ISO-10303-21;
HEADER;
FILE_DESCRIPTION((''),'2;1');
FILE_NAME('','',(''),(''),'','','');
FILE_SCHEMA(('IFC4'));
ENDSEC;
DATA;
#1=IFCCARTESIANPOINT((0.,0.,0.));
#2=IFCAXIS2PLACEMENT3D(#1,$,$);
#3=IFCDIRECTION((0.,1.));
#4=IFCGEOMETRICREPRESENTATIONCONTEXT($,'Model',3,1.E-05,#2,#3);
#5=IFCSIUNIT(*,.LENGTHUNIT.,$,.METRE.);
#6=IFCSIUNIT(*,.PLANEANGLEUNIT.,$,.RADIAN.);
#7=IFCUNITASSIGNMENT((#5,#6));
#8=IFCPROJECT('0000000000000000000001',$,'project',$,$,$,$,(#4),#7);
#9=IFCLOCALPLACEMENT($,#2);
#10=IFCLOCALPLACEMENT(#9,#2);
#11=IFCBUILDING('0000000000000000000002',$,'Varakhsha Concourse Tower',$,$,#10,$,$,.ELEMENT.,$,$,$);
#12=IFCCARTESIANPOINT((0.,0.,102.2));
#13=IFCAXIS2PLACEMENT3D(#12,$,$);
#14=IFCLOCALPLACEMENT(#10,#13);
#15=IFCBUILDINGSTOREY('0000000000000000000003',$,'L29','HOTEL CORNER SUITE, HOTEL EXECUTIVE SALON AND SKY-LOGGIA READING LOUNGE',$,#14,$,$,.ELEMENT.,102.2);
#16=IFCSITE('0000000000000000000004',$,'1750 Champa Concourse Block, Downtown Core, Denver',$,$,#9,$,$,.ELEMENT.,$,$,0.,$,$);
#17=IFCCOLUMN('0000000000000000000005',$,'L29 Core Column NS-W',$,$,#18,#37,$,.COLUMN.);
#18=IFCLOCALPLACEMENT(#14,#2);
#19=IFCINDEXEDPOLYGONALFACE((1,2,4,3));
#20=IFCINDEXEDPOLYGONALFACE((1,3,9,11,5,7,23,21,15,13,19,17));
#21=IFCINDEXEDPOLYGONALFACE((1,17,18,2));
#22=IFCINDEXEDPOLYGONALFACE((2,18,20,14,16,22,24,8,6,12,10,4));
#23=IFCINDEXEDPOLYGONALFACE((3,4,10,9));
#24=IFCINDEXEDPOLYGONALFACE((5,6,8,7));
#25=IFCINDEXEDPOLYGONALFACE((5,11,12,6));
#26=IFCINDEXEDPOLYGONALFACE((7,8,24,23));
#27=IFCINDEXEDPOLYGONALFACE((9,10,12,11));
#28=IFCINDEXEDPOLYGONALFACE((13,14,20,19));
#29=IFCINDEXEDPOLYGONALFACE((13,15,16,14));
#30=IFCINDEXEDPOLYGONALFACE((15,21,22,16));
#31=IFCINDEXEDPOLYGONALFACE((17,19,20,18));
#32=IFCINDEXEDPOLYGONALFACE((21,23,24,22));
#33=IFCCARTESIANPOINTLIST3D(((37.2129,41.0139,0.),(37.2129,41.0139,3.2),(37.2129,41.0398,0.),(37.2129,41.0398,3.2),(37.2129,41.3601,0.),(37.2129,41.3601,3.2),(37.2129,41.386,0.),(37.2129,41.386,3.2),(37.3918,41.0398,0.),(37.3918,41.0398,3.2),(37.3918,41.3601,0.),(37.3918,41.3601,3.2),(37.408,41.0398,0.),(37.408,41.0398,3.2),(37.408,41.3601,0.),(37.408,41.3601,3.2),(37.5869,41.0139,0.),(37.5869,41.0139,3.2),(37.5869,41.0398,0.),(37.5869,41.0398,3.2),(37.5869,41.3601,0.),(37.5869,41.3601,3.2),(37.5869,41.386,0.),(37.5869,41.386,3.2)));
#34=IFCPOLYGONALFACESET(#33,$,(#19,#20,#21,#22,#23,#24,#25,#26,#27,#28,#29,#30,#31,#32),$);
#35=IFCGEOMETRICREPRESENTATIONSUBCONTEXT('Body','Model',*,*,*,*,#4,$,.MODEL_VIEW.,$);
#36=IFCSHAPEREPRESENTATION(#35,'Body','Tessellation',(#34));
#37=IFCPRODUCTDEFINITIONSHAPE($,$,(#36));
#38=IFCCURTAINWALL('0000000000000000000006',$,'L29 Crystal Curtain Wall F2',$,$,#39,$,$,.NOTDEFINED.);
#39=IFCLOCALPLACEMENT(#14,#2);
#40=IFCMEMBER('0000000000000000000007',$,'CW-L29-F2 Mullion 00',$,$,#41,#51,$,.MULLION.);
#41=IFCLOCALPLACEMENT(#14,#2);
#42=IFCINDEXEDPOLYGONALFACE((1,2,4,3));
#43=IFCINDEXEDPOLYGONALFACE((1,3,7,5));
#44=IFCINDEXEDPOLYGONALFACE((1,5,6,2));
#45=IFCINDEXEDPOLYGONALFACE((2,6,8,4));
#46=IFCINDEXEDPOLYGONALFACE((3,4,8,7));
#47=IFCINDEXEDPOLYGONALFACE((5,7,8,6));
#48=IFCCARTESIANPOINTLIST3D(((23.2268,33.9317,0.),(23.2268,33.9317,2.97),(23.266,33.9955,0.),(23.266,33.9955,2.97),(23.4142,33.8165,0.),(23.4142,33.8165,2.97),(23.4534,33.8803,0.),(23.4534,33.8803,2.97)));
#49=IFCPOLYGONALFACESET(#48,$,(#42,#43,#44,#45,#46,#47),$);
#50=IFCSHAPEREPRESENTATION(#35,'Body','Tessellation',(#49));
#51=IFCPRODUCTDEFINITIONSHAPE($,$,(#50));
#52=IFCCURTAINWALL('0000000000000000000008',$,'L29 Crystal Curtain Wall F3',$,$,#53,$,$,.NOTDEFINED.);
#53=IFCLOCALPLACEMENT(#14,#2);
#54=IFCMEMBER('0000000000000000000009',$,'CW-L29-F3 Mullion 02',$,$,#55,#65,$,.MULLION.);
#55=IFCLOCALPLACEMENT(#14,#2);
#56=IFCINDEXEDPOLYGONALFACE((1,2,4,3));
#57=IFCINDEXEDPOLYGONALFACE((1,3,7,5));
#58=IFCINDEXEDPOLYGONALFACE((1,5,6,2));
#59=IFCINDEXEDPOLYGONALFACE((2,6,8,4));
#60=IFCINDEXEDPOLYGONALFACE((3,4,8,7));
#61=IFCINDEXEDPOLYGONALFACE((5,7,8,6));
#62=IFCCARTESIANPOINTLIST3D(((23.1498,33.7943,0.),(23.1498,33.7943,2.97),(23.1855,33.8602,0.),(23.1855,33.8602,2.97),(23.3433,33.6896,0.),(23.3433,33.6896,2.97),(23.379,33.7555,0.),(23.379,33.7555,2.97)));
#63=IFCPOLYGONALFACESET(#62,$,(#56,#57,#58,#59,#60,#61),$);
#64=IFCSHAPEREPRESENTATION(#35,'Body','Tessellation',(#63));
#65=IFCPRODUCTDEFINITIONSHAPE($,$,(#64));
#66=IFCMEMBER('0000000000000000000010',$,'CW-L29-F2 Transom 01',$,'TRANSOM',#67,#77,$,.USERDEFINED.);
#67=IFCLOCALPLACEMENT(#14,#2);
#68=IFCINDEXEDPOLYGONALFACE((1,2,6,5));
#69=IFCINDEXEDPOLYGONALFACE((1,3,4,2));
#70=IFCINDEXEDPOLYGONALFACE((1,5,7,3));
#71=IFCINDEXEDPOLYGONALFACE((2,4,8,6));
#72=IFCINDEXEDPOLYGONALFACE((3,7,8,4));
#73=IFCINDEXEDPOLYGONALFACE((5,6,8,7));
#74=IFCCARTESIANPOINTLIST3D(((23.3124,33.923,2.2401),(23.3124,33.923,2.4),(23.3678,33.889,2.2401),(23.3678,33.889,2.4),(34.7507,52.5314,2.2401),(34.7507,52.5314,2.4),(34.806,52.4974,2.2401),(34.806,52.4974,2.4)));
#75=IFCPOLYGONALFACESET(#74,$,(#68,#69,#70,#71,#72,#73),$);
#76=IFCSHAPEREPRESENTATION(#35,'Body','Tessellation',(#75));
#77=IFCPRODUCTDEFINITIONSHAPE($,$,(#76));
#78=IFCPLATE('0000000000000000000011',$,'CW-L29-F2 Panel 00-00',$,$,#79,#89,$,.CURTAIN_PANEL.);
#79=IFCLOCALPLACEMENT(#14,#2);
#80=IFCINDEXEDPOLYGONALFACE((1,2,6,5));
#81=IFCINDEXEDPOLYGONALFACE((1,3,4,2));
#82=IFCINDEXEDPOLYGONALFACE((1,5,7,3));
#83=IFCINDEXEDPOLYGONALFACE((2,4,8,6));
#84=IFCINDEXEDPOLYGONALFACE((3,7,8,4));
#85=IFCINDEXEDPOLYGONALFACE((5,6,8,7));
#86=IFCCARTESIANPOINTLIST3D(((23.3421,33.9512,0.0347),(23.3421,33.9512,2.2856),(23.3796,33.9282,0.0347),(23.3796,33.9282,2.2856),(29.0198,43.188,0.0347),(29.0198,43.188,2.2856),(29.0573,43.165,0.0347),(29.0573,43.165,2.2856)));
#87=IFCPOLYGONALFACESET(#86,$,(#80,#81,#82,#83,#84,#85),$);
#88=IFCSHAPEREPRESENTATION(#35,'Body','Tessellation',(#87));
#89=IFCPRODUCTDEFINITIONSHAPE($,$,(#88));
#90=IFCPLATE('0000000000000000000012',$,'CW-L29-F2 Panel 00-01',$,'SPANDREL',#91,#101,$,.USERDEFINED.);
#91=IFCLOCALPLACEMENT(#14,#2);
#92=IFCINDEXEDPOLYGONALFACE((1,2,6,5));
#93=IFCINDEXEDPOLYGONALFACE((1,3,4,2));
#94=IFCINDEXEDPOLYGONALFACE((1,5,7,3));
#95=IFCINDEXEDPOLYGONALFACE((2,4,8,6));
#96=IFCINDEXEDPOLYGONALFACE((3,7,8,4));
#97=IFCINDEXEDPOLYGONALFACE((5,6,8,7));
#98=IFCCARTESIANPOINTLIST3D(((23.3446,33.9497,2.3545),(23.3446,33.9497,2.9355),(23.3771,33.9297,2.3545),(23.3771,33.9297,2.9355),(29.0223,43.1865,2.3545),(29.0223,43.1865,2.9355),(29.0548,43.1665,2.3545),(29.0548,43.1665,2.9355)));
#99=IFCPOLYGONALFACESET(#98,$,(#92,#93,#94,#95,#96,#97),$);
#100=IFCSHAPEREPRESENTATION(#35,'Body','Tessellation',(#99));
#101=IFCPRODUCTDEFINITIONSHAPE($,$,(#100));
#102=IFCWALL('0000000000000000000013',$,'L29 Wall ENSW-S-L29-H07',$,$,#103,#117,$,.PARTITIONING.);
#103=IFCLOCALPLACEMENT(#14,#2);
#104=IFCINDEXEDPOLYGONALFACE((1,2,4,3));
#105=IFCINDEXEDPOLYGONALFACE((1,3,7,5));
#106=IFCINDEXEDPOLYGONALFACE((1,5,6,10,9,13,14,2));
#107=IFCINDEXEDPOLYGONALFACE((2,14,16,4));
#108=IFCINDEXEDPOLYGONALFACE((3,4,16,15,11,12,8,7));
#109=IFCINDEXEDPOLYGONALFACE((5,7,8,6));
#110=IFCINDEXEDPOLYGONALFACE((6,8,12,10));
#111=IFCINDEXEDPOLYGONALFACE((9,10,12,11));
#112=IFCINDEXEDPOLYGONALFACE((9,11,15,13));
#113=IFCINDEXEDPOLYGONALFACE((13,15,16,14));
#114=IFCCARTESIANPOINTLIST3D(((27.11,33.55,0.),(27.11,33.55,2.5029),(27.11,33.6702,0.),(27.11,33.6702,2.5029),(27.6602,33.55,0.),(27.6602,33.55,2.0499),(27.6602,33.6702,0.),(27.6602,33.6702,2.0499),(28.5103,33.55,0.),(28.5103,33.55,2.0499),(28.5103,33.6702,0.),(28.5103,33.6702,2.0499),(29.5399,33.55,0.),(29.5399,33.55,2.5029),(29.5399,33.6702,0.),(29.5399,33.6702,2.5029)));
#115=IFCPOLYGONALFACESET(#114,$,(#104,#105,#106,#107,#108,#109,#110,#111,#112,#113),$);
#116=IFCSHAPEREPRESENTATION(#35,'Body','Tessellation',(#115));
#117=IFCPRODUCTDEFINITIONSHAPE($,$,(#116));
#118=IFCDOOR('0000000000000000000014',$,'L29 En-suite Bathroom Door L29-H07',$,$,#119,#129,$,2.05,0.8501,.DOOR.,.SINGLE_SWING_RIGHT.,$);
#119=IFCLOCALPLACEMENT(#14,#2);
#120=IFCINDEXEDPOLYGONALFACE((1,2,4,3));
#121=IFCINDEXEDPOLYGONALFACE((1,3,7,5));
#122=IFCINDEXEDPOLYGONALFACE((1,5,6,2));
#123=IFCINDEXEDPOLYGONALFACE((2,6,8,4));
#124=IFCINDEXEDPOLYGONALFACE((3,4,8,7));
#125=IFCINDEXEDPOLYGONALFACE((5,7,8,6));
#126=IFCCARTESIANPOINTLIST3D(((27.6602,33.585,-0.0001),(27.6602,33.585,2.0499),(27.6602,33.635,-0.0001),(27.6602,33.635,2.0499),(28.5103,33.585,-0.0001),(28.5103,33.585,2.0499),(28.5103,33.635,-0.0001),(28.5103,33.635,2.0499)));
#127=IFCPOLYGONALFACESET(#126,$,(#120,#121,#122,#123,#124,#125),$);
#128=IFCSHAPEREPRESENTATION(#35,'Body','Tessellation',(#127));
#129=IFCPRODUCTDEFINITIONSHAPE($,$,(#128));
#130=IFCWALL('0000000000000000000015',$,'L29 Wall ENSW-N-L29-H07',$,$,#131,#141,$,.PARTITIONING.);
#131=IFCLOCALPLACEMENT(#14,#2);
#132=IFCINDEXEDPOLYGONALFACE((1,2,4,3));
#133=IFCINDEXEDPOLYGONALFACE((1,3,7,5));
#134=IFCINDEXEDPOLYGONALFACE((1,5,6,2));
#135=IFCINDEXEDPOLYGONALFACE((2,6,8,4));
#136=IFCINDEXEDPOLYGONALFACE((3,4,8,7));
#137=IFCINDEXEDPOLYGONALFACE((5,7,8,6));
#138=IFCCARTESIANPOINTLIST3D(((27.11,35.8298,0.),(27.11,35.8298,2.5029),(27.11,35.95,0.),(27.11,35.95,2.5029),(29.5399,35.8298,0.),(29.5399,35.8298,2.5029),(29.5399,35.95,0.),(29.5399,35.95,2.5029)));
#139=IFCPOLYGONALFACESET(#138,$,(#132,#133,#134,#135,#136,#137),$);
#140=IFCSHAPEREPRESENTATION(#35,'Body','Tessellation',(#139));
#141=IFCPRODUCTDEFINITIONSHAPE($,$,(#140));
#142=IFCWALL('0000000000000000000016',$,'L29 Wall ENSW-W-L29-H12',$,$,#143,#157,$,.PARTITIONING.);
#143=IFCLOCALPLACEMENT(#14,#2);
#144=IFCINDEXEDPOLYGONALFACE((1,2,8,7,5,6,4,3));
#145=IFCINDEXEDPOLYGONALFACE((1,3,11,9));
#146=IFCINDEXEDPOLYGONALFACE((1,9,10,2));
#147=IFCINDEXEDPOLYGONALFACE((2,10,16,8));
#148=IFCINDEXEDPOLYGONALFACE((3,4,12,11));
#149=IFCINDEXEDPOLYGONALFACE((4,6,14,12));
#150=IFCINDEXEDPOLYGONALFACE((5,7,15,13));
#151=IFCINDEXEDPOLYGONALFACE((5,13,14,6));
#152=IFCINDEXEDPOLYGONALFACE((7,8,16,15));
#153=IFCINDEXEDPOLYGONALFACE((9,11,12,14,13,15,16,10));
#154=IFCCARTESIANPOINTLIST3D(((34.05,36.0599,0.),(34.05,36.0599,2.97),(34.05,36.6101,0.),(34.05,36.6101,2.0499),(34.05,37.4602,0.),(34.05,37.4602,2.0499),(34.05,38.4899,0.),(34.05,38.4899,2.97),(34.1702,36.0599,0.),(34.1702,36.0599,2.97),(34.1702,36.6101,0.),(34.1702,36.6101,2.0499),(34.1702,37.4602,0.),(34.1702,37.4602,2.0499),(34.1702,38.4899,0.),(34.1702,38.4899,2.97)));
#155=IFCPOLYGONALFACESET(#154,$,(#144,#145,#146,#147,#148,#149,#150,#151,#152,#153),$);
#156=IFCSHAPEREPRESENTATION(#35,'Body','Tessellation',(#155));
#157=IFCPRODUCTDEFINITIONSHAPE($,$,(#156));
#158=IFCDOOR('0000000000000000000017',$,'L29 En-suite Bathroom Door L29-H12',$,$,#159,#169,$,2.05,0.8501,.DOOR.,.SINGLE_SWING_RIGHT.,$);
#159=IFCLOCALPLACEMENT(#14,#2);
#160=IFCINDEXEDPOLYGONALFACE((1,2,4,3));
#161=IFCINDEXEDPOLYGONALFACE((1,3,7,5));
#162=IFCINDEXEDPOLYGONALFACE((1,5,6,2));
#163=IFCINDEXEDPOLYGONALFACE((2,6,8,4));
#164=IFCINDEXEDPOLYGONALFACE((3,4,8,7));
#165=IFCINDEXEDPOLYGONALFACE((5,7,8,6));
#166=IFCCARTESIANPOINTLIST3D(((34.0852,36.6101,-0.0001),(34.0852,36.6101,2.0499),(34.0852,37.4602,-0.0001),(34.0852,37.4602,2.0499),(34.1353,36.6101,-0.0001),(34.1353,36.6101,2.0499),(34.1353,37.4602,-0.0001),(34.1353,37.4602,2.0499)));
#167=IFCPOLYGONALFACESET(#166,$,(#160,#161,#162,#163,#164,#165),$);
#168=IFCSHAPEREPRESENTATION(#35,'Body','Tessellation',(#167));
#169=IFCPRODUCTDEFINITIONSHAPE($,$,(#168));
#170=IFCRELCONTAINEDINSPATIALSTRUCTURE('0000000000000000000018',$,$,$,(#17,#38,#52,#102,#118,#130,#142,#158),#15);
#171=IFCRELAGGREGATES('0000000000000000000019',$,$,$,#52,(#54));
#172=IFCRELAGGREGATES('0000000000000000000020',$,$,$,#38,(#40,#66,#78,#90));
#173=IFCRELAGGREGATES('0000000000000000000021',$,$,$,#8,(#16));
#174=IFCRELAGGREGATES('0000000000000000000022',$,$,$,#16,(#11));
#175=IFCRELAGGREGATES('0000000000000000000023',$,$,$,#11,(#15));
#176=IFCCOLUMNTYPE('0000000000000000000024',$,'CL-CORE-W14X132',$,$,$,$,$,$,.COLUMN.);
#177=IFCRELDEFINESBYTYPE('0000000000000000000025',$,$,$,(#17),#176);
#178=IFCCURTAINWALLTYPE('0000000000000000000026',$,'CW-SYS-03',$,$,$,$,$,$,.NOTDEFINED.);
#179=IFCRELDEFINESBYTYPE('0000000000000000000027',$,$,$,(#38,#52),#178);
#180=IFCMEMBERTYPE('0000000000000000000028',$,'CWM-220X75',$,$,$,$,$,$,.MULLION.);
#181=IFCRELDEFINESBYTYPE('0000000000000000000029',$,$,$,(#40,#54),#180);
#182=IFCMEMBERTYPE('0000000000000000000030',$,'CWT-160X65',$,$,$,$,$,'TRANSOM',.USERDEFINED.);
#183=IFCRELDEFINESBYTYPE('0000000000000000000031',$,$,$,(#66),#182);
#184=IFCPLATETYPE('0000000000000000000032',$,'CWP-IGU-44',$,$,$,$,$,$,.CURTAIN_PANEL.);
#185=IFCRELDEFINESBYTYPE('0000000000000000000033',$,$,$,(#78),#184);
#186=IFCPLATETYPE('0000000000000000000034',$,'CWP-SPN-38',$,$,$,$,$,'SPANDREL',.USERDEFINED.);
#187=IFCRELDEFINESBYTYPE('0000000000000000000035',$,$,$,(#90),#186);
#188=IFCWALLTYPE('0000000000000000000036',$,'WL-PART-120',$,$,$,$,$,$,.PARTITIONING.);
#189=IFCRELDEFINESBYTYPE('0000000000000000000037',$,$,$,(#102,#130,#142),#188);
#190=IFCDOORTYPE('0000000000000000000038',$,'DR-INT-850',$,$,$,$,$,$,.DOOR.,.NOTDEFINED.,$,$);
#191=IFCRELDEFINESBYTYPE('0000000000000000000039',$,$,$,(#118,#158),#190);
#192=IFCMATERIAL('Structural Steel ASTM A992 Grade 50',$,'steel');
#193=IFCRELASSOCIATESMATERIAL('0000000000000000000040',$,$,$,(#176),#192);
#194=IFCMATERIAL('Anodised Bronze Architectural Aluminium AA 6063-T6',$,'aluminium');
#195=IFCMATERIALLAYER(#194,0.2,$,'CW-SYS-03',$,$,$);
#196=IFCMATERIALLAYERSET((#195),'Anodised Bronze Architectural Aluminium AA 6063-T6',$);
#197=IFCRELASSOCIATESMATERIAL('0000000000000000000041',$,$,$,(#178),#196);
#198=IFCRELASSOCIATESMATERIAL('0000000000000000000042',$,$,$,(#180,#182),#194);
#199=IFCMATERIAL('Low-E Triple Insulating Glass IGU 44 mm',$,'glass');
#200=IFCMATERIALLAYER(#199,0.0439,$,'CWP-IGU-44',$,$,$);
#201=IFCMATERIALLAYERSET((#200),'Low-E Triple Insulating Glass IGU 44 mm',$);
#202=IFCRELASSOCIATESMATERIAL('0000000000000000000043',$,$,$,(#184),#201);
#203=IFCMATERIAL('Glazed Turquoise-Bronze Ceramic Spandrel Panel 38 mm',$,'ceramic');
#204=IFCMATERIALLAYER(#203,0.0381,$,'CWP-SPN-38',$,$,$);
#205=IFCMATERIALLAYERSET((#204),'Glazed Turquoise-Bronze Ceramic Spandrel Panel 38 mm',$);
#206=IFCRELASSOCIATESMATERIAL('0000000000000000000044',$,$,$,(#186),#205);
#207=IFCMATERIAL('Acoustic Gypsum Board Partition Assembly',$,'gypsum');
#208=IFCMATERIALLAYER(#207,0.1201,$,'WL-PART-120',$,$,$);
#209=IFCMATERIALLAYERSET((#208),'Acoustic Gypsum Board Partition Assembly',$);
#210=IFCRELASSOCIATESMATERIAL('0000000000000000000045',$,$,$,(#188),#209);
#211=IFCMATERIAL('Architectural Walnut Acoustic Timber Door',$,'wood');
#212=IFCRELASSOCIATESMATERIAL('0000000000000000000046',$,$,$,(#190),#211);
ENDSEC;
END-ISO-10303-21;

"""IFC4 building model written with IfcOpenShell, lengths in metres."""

from ifc_helpers import new_model, si_unit, direction, frame, frame_2d, origin, origin_2d, place, context, subcontext, project, spatial, rectangle, i_section, extrude, source, transform, mapped, material, layer, layer_set, material_profile, profile_set, type_object, type_shapes, element, fill, aggregate, save


model = new_model("IFC4")

# Units and contexts
model_context = context("Model", 3, precision=1e-05, world=origin(), true_north=direction((0.0, 1.0)))
body_context = subcontext(model_context, "Body", "Model", "MODEL_VIEW")
ifc_project = project(units=[si_unit("LENGTHUNIT", "METRE"), si_unit("PLANEANGLEUNIT", "RADIAN")], contexts=[model_context])

# Site, building, storey
site_placement = place(None, origin())
site = spatial("IfcSite", under=ifc_project, at=site_placement, Name="1750 Champa Concourse Block, Downtown Core, Denver", CompositionType="ELEMENT", RefElevation=0.0)
building_placement = place(site_placement, origin())
building = spatial("IfcBuilding", under=site, at=building_placement, Name="Varakhsha Concourse Tower", CompositionType="ELEMENT")
storey_placement = place(building_placement, frame((0.0, 0.0, 102.2)))
storey = spatial("IfcBuildingStorey", under=building, at=storey_placement, Name="L29", Description="HOTEL CORNER SUITE, HOTEL EXECUTIVE SALON AND SKY-LOGGIA READING LOUNGE", CompositionType="ELEMENT", Elevation=102.2)

# Column
ifc_material_1 = material(Name="Structural Steel ASTM A992 Grade 50", Category="steel")
ifc_material_profile_1 = material_profile(ifc_material_1, i_section(OverallWidth=0.374, OverallDepth=0.3721, WebThickness=0.0161, FlangeThickness=0.0259, at=origin_2d()), Name="W14X132")
ifc_profile_set_1 = profile_set([ifc_material_profile_1], Name="Structural Steel ASTM A992 Grade 50")
column_type = type_object("IfcColumnType", Name="CL-CORE-W14X132", PredefinedType="COLUMN", material=ifc_profile_set_1)
column_placement = place(storey_placement, frame((37.3999, 41.2, 0.0), z_axis=(0.0, 0.0, 1.0), x_axis=(1.0, 0.0, 0.0)))
element("IfcColumn", 1, at=column_placement, inside=storey, type_object=column_type, Name="L29 Core Column NS-W", PredefinedType="COLUMN", context=body_context, shape_type="SweptSolid", body=[
    extrude(i_section(OverallWidth=0.374, OverallDepth=0.3721, WebThickness=0.0161, FlangeThickness=0.0259, at=origin_2d()), origin(), (0.0, 0.0, 1.0), 3.2),
])

# Curtain walls, members
ifc_material_2 = material(Name="Anodised Bronze Architectural Aluminium AA 6063-T6", Category="aluminium")
ifc_layer_1 = layer(ifc_material_2, 0.2, Name="CW-SYS-03")
ifc_layer_set_1 = layer_set([ifc_layer_1], Name="Anodised Bronze Architectural Aluminium AA 6063-T6")
curtain_wall_type = type_object("IfcCurtainWallType", Name="CW-SYS-03", PredefinedType="NOTDEFINED", material=ifc_layer_set_1)
curtain_wall_1_placement = place(storey_placement, origin())
curtain_wall_1 = element("IfcCurtainWall", 2, at=curtain_wall_1_placement, inside=storey, type_object=curtain_wall_type, Name="L29 Crystal Curtain Wall F2", PredefinedType="NOTDEFINED")
ifc_material_profile_2 = material_profile(ifc_material_2, rectangle(XDim=0.075, YDim=0.22, at=origin_2d()), Name="CWM-220X75")
ifc_profile_set_2 = profile_set([ifc_material_profile_2], Name="Anodised Bronze Architectural Aluminium AA 6063-T6")
member_type_1 = type_object("IfcMemberType", Name="CWM-220X75", PredefinedType="MULLION", material=ifc_profile_set_2)
shared_shape_1 = source(origin(), body_context, "Body", "SweptSolid", [
    extrude(rectangle(XDim=0.075, YDim=0.22, at=origin_2d()), origin(), (0.0, 0.0, 1.0), 2.97),
])
type_shapes(member_type_1, [shared_shape_1])
member_1_placement = place(storey_placement, frame((23.3401, 33.906, 0.0), z_axis=(0.0, 0.0, 1.0), x_axis=(0.523665, 0.851924, 0.0)))
member_1 = element("IfcMember", 3, at=member_1_placement, type_object=member_type_1, Name="CW-L29-F2 Mullion 00", PredefinedType="MULLION", context=body_context, shape_type="MappedRepresentation", body=[
    mapped(shared_shape_1, transform((0.0, 0.0, 0.0), scale=1.0)),
])
curtain_wall_2_placement = place(storey_placement, origin())
curtain_wall_2 = element("IfcCurtainWall", 4, at=curtain_wall_2_placement, inside=storey, type_object=curtain_wall_type, Name="L29 Crystal Curtain Wall F3", PredefinedType="NOTDEFINED")
member_2_placement = place(storey_placement, frame((23.2644, 33.7749, 0.0), z_axis=(0.0, 0.0, 1.0), x_axis=(0.475959, 0.879468, 0.0)))
member_2 = element("IfcMember", 5, at=member_2_placement, type_object=member_type_1, Name="CW-L29-F3 Mullion 02", PredefinedType="MULLION", context=body_context, shape_type="MappedRepresentation", body=[
    mapped(shared_shape_1, transform((0.0, 0.0, 0.0), scale=1.0)),
])
aggregate(curtain_wall_2, [member_2])

# Member
ifc_material_profile_3 = material_profile(ifc_material_2, rectangle(XDim=0.0649, YDim=0.1599, at=origin_2d()), Name="CWT-160X65")
ifc_profile_set_3 = profile_set([ifc_material_profile_3], Name="Anodised Bronze Architectural Aluminium AA 6063-T6")
member_type_2 = type_object("IfcMemberType", Name="CWT-160X65", ElementType="TRANSOM", PredefinedType="USERDEFINED", material=ifc_profile_set_3)
shared_shape_2 = source(origin(), body_context, "Body", "SweptSolid", [
    extrude(rectangle(XDim=0.0649, YDim=0.1599, at=origin_2d()), origin(), (0.0, 0.0, 1.0), 21.8428),
])
type_shapes(member_type_2, [shared_shape_2])
member_3_placement = place(storey_placement, frame((23.3401, 33.906, 2.3201), z_axis=(0.523663, 0.851926, 0.0), x_axis=(-0.851926, 0.523663, 0.0)))
member_3 = element("IfcMember", 6, at=member_3_placement, type_object=member_type_2, Name="CW-L29-F2 Transom 01", ObjectType="TRANSOM", PredefinedType="USERDEFINED", context=body_context, shape_type="MappedRepresentation", body=[
    mapped(shared_shape_2, transform((0.0, 0.0, 0.0), scale=1.0)),
])

# Plates
ifc_material_3 = material(Name="Low-E Triple Insulating Glass IGU 44 mm", Category="glass")
ifc_layer_2 = layer(ifc_material_3, 0.0439, Name="CWP-IGU-44")
ifc_layer_set_2 = layer_set([ifc_layer_2], Name="Low-E Triple Insulating Glass IGU 44 mm")
plate_type_1 = type_object("IfcPlateType", Name="CWP-IGU-44", PredefinedType="CURTAIN_PANEL", material=ifc_layer_set_2)
shared_shape_3 = source(origin(), body_context, "Body", "SweptSolid", [
    extrude(rectangle(XDim=10.8423, YDim=0.0439, at=origin_2d()), origin(), (0.0, 0.0, 1.0), 2.251),
])
type_shapes(plate_type_1, [shared_shape_3])
plate_1_placement = place(storey_placement, frame((26.1997, 38.5581, 0.0347), z_axis=(0.0, 0.0, 1.0), x_axis=(0.523665, 0.851924, 0.0)))
plate_1 = element("IfcPlate", 7, at=plate_1_placement, type_object=plate_type_1, Name="CW-L29-F2 Panel 00-00", PredefinedType="CURTAIN_PANEL", context=body_context, shape_type="MappedRepresentation", body=[
    mapped(shared_shape_3, transform((0.0, 0.0, 0.0), scale=1.0)),
])
ifc_material_4 = material(Name="Glazed Turquoise-Bronze Ceramic Spandrel Panel 38 mm", Category="ceramic")
ifc_layer_3 = layer(ifc_material_4, 0.0381, Name="CWP-SPN-38")
ifc_layer_set_3 = layer_set([ifc_layer_3], Name="Glazed Turquoise-Bronze Ceramic Spandrel Panel 38 mm")
plate_type_2 = type_object("IfcPlateType", Name="CWP-SPN-38", ElementType="SPANDREL", PredefinedType="USERDEFINED", material=ifc_layer_set_3)
shared_shape_4 = source(origin(), body_context, "Body", "SweptSolid", [
    extrude(rectangle(XDim=10.8423, YDim=0.0381, at=origin_2d()), origin(), (0.0, 0.0, 1.0), 0.5811),
])
type_shapes(plate_type_2, [shared_shape_4])
plate_2_placement = place(storey_placement, frame((26.1997, 38.5581, 2.3545), z_axis=(0.0, 0.0, 1.0), x_axis=(0.523665, 0.851924, 0.0)))
plate_2 = element("IfcPlate", 8, at=plate_2_placement, type_object=plate_type_2, Name="CW-L29-F2 Panel 00-01", ObjectType="SPANDREL", PredefinedType="USERDEFINED", context=body_context, shape_type="MappedRepresentation", body=[
    mapped(shared_shape_4, transform((0.0, 0.0, 0.0), scale=1.0)),
])
aggregate(curtain_wall_1, [member_1, member_3, plate_1, plate_2])

# Wall, opening, door
ifc_material_5 = material(Name="Acoustic Gypsum Board Partition Assembly", Category="gypsum")
ifc_layer_4 = layer(ifc_material_5, 0.1201, Name="WL-PART-120")
ifc_layer_set_4 = layer_set([ifc_layer_4], Name="Acoustic Gypsum Board Partition Assembly")
wall_type_1 = type_object("IfcWallType", Name="WL-PART-120", PredefinedType="PARTITIONING", material=ifc_layer_set_4)
wall_1_placement = place(storey_placement, frame((27.1101, 33.6101, 0.0), z_axis=(0.0, 0.0, 1.0), x_axis=(1.0, 0.0, 0.0)))
wall_1 = element("IfcWall", 9, at=wall_1_placement, inside=storey, type_object=wall_type_1, Name="L29 Wall ENSW-S-L29-H07", PredefinedType="PARTITIONING", context=body_context, shape_type="SweptSolid", body=[
    extrude(rectangle(XDim=2.4299, YDim=0.1201, at=frame_2d((1.2148, 0.0))), origin(), (0.0, 0.0, 1.0), 2.5029),
])
opening_1_placement = place(wall_1_placement, frame((0.55, 0.0, 0.0)))
opening_1 = element("IfcOpeningElement", 10, at=opening_1_placement, cuts=wall_1, PredefinedType="OPENING", context=body_context, shape_type="SweptSolid", body=[
    extrude(rectangle(XDim=0.8501, YDim=2.05, at=frame_2d((0.425, 1.0249))), frame((0.0, 0.0701, 0.0), z_axis=(0.0, -1.0, 0.0), x_axis=(1.0, 0.0, 0.0)), (0.0, 0.0, 1.0), 0.1401),
])
ifc_material_6 = material(Name="Architectural Walnut Acoustic Timber Door", Category="wood")
door_type_1 = type_object("IfcDoorType", Name="DR-INT-850", OperationType="NOTDEFINED", PredefinedType="DOOR", material=ifc_material_6)
door_1_placement = place(opening_1_placement, origin())
door_1 = element("IfcDoor", 11, at=door_1_placement, inside=storey, type_object=door_type_1, Name="L29 En-suite Bathroom Door L29-H07", OperationType="SINGLE_SWING_RIGHT", OverallHeight=2.05, OverallWidth=0.8501, PredefinedType="DOOR", context=body_context, shape_type="SweptSolid", body=[
    extrude(rectangle(XDim=0.8501, YDim=2.05, at=frame_2d((0.425, 1.0249))), frame((0.0, 0.0249, 0.0), z_axis=(0.0, -1.0, 0.0), x_axis=(1.0, 0.0, 0.0)), (0.0, 0.0, 1.0), 0.05),
])
fill(opening_1, door_1)

# Wall
wall_2_placement = place(storey_placement, frame((27.1101, 35.8899, 0.0), z_axis=(0.0, 0.0, 1.0), x_axis=(1.0, 0.0, 0.0)))
element("IfcWall", 12, at=wall_2_placement, inside=storey, type_object=wall_type_1, Name="L29 Wall ENSW-N-L29-H07", PredefinedType="PARTITIONING", context=body_context, shape_type="SweptSolid", body=[
    extrude(rectangle(XDim=2.4299, YDim=0.1201, at=frame_2d((1.2148, 0.0))), origin(), (0.0, 0.0, 1.0), 2.5029),
])

# Wall, opening, door
wall_3_placement = place(storey_placement, frame((34.1101, 36.0601, 0.0), z_axis=(0.0, 0.0, 1.0), x_axis=(0.0, 1.0, 0.0)))
wall_3 = element("IfcWall", 13, at=wall_3_placement, inside=storey, type_object=wall_type_1, Name="L29 Wall ENSW-W-L29-H12", PredefinedType="PARTITIONING", context=body_context, shape_type="SweptSolid", body=[
    extrude(rectangle(XDim=2.4299, YDim=0.1201, at=frame_2d((1.2148, 0.0))), origin(), (0.0, 0.0, 1.0), 2.97),
])
opening_2_placement = place(wall_3_placement, frame((0.55, 0.0, 0.0)))
opening_2 = element("IfcOpeningElement", 14, at=opening_2_placement, cuts=wall_3, PredefinedType="OPENING", context=body_context, shape_type="SweptSolid", body=[
    extrude(rectangle(XDim=0.8501, YDim=2.05, at=frame_2d((0.425, 1.0249))), frame((0.0, 0.0701, 0.0), z_axis=(0.0, -1.0, 0.0), x_axis=(1.0, 0.0, 0.0)), (0.0, 0.0, 1.0), 0.1401),
])
door_2_placement = place(opening_2_placement, origin())
door_2 = element("IfcDoor", 15, at=door_2_placement, inside=storey, type_object=door_type_1, Name="L29 En-suite Bathroom Door L29-H12", OperationType="SINGLE_SWING_RIGHT", OverallHeight=2.05, OverallWidth=0.8501, PredefinedType="DOOR", context=body_context, shape_type="SweptSolid", body=[
    extrude(rectangle(XDim=0.8501, YDim=2.05, at=frame_2d((0.425, 1.0249))), frame((0.0, 0.0249, 0.0), z_axis=(0.0, -1.0, 0.0), x_axis=(1.0, 0.0, 0.0)), (0.0, 0.0, 1.0), 0.05),
])
fill(opening_2, door_2)

save(model, "model.ifc")
